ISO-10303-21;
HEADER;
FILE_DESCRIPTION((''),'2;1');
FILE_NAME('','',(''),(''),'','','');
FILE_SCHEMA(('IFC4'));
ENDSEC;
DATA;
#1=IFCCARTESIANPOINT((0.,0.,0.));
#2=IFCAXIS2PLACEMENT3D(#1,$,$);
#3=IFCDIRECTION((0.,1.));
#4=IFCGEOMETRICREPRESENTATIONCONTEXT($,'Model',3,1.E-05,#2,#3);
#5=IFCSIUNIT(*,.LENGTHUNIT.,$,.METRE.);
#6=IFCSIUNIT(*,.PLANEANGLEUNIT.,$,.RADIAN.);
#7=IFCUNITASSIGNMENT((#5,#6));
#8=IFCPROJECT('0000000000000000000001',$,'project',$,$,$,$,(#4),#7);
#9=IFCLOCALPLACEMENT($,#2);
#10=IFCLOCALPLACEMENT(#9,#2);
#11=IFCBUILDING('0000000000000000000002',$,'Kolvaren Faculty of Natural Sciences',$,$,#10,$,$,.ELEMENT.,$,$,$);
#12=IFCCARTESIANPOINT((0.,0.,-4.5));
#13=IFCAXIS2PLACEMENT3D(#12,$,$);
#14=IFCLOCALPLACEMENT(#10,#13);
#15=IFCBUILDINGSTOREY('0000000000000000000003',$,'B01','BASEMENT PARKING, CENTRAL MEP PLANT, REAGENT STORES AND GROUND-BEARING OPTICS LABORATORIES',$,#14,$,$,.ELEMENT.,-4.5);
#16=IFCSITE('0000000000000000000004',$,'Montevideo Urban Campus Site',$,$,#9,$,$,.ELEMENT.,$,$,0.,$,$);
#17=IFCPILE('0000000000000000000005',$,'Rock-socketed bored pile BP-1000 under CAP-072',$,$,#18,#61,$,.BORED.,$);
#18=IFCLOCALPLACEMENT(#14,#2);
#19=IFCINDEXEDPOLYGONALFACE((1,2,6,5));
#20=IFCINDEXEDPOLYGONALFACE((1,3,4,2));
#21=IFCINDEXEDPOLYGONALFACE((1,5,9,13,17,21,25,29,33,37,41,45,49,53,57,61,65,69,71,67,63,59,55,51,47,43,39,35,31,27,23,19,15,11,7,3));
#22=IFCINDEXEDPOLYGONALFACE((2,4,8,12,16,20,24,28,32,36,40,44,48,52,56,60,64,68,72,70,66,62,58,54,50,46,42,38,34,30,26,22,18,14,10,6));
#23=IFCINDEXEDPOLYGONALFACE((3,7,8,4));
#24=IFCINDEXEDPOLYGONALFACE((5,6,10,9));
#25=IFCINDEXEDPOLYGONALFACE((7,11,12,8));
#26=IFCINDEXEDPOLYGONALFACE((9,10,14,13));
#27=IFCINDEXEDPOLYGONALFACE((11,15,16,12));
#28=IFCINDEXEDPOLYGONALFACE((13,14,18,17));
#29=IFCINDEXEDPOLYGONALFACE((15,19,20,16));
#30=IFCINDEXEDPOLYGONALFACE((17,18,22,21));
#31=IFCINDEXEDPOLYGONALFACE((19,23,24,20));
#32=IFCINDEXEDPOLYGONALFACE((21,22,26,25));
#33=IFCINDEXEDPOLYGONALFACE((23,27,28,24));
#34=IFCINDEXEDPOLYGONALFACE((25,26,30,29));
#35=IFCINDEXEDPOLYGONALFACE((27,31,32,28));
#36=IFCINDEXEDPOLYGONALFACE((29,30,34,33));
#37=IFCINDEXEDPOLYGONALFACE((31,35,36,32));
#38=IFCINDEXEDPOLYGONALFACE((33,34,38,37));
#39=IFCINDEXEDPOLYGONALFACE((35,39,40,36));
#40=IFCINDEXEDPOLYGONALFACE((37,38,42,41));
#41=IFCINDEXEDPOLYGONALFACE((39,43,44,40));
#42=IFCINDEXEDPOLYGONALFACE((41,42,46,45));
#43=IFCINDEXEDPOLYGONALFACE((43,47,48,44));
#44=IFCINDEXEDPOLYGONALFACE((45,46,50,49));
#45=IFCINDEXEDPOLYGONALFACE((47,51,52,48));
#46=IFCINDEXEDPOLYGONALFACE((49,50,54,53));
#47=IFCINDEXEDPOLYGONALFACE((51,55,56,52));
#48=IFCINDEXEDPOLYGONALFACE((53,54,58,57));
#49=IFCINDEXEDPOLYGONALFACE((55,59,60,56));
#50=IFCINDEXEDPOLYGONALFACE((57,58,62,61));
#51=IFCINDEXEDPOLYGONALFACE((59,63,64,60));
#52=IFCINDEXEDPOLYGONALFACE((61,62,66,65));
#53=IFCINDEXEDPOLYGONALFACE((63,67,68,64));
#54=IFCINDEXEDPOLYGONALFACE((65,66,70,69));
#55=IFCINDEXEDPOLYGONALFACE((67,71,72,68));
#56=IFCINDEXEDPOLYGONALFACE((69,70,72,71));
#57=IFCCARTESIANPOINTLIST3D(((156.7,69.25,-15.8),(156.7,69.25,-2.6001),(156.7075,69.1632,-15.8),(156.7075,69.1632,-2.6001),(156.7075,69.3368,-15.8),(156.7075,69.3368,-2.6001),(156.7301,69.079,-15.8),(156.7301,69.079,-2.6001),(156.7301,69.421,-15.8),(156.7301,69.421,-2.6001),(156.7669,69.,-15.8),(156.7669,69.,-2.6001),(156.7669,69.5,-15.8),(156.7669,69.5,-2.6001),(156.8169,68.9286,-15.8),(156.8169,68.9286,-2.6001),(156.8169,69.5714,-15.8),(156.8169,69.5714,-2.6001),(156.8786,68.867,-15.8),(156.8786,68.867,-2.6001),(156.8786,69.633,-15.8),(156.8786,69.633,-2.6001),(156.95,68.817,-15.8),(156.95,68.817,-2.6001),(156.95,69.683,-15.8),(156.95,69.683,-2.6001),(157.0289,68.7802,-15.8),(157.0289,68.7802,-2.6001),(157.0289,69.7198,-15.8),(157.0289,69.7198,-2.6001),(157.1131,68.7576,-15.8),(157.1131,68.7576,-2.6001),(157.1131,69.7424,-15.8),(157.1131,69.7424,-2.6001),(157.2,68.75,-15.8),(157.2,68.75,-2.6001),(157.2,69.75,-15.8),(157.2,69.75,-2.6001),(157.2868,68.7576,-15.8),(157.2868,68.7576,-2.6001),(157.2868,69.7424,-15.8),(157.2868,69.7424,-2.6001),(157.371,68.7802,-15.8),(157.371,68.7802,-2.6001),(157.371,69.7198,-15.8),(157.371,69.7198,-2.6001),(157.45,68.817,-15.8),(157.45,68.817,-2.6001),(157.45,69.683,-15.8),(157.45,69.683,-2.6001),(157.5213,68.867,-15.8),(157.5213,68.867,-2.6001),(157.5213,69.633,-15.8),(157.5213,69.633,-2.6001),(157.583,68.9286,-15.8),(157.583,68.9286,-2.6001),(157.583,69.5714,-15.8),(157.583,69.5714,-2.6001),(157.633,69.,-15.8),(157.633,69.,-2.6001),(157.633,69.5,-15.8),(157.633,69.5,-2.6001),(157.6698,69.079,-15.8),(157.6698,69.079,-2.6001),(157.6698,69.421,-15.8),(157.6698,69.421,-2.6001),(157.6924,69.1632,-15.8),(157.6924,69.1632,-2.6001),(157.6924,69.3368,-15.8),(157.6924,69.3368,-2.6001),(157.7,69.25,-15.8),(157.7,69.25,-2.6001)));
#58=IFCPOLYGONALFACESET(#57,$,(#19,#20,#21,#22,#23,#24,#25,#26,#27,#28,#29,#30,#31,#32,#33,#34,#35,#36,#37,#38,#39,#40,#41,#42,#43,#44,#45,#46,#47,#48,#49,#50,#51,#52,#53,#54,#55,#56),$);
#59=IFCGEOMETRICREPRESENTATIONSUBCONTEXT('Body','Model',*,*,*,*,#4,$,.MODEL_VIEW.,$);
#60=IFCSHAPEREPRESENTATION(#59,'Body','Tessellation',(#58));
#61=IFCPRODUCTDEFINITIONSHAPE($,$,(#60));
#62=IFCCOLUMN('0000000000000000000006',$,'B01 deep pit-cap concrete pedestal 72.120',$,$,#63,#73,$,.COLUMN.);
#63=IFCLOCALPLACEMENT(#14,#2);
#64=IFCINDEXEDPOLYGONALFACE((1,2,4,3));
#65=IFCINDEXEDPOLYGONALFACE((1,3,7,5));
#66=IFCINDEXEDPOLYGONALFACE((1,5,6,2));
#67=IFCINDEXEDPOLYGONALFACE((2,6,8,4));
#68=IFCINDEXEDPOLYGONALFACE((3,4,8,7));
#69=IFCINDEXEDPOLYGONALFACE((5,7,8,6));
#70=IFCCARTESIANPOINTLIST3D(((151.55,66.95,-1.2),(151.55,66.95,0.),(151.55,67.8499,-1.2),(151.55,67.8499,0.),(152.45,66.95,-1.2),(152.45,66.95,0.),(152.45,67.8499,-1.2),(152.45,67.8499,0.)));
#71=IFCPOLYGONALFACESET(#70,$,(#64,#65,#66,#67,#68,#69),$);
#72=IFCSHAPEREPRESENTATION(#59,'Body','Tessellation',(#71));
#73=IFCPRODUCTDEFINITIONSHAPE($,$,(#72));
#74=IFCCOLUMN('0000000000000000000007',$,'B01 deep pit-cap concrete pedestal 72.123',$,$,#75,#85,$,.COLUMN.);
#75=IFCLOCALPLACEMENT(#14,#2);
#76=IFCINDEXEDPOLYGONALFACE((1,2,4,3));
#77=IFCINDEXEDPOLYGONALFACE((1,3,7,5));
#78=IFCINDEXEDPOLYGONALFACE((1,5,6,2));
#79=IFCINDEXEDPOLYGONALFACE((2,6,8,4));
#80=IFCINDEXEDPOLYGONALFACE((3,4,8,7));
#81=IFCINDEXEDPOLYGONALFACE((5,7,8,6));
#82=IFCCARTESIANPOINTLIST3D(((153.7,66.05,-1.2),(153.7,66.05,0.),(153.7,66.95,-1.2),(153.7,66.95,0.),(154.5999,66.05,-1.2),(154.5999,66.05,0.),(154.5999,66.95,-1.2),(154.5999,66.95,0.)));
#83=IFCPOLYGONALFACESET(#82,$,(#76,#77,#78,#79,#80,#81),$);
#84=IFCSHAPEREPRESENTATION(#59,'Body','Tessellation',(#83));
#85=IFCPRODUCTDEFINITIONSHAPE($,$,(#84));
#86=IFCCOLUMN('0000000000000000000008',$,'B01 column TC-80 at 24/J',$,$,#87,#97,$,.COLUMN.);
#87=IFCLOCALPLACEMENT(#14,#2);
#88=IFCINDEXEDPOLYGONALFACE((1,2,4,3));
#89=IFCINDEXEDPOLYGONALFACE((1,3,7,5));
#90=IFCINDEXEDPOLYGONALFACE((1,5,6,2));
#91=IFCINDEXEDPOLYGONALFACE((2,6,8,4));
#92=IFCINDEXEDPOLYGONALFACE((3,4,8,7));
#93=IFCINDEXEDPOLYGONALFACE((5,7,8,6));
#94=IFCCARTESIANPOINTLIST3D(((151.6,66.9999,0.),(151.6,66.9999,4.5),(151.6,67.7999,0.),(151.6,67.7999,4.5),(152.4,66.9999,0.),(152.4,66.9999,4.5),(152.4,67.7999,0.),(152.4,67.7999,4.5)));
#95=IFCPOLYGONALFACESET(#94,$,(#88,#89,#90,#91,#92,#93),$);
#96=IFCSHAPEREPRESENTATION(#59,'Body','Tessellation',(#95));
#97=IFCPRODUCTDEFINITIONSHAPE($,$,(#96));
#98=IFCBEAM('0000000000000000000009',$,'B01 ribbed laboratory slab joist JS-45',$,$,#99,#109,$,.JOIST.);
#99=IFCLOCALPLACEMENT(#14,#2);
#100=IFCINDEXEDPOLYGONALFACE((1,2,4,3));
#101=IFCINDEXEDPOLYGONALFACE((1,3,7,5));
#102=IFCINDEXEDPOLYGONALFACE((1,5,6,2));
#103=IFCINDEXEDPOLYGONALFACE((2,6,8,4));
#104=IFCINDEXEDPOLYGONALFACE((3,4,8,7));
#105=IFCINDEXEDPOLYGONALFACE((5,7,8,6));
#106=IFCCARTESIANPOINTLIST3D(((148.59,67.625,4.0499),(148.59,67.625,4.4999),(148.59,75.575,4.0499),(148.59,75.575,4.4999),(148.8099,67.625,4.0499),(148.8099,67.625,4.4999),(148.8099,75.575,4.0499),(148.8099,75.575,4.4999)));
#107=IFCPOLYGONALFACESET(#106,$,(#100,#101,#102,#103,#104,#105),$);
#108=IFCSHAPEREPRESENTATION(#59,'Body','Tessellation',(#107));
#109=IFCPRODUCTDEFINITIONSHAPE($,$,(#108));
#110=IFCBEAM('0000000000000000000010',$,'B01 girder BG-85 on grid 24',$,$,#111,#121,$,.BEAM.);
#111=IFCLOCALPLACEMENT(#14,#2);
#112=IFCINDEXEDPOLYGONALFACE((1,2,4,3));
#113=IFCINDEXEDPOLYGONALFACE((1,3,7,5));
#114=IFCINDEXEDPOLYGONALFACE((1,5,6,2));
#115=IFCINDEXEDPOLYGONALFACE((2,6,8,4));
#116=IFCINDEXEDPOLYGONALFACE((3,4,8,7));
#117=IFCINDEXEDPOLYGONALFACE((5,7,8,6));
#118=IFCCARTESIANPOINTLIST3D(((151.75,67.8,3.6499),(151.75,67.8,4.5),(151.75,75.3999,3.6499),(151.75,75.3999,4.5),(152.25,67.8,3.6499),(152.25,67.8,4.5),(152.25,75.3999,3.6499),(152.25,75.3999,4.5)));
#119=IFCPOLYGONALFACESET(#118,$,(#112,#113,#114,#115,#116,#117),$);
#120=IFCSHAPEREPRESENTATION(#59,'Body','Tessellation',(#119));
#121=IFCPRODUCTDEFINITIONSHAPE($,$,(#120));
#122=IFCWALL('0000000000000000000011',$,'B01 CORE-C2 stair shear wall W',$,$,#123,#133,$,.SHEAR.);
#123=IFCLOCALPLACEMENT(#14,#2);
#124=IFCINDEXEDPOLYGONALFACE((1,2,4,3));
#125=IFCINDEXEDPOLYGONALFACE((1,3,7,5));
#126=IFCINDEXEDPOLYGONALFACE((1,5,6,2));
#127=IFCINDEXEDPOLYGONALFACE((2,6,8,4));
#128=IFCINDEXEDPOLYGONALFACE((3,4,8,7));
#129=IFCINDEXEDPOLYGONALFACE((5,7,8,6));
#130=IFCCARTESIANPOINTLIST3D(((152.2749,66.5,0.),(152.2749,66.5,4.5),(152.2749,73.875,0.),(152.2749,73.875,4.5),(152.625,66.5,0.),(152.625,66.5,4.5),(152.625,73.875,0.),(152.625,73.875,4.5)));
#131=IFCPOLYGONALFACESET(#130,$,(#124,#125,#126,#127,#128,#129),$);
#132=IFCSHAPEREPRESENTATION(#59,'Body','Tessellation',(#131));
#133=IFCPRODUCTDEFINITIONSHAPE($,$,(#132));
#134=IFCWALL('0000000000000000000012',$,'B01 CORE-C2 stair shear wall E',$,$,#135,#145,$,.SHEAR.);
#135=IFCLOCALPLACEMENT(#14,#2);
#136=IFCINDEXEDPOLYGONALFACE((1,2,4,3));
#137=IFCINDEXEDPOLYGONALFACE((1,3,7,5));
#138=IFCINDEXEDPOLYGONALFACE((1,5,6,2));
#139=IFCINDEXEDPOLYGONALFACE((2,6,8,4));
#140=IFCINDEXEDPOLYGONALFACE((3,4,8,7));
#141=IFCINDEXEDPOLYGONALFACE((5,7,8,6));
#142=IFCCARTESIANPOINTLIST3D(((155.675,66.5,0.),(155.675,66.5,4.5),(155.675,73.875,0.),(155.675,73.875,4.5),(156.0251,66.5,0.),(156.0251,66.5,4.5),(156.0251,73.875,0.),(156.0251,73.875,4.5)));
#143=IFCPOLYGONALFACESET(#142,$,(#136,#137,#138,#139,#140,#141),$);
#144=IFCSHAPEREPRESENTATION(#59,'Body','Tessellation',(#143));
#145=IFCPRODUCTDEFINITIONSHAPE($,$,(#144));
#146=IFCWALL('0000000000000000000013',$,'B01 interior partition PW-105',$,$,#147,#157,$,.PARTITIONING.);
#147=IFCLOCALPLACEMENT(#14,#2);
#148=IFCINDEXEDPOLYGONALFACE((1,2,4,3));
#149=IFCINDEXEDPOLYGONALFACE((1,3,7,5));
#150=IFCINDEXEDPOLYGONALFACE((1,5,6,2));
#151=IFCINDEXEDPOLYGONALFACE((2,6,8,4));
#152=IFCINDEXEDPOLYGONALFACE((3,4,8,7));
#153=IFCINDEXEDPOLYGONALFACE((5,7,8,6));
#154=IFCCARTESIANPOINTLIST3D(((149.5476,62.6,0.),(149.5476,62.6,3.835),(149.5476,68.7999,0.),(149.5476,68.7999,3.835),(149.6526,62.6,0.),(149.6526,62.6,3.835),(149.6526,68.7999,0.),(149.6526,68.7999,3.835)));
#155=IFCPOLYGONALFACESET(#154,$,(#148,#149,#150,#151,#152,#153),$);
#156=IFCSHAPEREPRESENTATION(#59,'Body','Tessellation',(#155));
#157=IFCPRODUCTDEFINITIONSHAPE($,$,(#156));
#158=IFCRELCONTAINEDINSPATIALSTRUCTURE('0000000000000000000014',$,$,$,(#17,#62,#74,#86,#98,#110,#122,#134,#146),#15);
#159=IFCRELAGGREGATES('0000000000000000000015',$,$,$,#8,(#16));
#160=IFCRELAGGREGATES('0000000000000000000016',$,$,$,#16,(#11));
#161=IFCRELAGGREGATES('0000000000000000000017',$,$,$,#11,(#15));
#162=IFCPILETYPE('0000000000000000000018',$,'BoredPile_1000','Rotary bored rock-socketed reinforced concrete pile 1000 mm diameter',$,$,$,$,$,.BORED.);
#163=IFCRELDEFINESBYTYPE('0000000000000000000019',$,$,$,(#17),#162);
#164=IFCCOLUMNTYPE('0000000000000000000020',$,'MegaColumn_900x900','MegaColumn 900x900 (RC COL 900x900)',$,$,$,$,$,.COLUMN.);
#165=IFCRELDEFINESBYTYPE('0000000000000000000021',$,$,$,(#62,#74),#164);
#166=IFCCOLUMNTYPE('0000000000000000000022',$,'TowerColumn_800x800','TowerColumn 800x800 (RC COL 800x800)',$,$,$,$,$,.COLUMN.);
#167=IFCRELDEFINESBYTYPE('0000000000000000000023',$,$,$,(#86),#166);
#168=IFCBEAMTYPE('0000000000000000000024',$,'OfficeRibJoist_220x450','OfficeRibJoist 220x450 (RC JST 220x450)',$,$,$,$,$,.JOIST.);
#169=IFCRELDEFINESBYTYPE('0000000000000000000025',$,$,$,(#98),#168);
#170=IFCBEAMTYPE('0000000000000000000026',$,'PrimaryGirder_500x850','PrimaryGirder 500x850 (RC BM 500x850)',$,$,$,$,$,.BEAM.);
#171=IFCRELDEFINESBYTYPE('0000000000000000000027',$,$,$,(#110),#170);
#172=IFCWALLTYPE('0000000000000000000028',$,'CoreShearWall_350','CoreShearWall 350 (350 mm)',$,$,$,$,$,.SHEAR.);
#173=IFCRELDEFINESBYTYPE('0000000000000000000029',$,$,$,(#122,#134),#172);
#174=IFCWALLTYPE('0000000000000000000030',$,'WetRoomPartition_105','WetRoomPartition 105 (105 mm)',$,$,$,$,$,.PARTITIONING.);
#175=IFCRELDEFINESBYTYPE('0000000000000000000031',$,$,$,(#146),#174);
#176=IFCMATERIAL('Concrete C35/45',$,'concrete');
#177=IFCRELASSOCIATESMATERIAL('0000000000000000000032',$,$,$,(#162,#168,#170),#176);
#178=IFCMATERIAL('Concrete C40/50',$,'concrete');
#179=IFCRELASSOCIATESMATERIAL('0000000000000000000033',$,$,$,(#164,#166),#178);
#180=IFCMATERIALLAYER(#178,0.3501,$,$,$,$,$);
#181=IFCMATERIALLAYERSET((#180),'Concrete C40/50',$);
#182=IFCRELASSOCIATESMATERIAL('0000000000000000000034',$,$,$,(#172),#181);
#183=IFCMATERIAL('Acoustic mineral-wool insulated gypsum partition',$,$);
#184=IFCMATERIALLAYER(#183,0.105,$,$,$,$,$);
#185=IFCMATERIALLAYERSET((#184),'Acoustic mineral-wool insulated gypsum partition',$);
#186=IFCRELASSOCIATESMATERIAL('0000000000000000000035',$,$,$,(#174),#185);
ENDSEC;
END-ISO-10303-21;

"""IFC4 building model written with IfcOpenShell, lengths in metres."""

from ifc_helpers import new_model, si_unit, direction, frame, frame_2d, origin, origin_2d, place, context, subcontext, project, spatial, rectangle, circle, extrude, material, layer, layer_set, material_profile, profile_set, type_object, element, save


model = new_model("IFC4")

# Units and contexts
model_context = context("Model", 3, precision=1e-05, world=origin(), true_north=direction((0.0, 1.0)))
body_context = subcontext(model_context, "Body", "Model", "MODEL_VIEW")
ifc_project = project(units=[si_unit("LENGTHUNIT", "METRE"), si_unit("PLANEANGLEUNIT", "RADIAN")], contexts=[model_context])

# Site, building, storey
site_placement = place(None, origin())
site = spatial("IfcSite", under=ifc_project, at=site_placement, Name="Montevideo Urban Campus Site", CompositionType="ELEMENT", RefElevation=0.0)
building_placement = place(site_placement, origin())
building = spatial("IfcBuilding", under=site, at=building_placement, Name="Kolvaren Faculty of Natural Sciences", CompositionType="ELEMENT")
storey_placement = place(building_placement, frame((0.0, 0.0, -4.5)))
storey = spatial("IfcBuildingStorey", under=building, at=storey_placement, Name="B01", Description="BASEMENT PARKING, CENTRAL MEP PLANT, REAGENT STORES AND GROUND-BEARING OPTICS LABORATORIES", CompositionType="ELEMENT", Elevation=-4.5)

# Pile
ifc_material_1 = material(Name="Concrete C35/45", Category="concrete")
ifc_material_profile_1 = material_profile(ifc_material_1, circle(Radius=0.5, at=origin_2d()), Name="PILE D1000")
ifc_profile_set_1 = profile_set([ifc_material_profile_1], Name="Concrete C35/45")
pile_type = type_object("IfcPileType", Name="BoredPile_1000", Description="Rotary bored rock-socketed reinforced concrete pile 1000 mm diameter", PredefinedType="BORED", material=ifc_profile_set_1)
for number, where, z_axis, x_axis, name in (
    (1, (157.2, 69.25, -2.6001), (0.0, 0.0, -1.0), (1.0, 0.0, 0.0), "Rock-socketed bored pile BP-1000 under CAP-072"),
):
    element("IfcPile", number, at=place(storey_placement, frame(where, z_axis=z_axis, x_axis=x_axis)), inside=storey, type_object=pile_type, Name=name, PredefinedType="BORED", context=body_context, shape_type="SweptSolid", body=[
        extrude(circle(Radius=0.5, at=origin_2d()), origin(), (0.0, 0.0, 1.0), 13.2),
    ])

# Columns
ifc_material_2 = material(Name="Concrete C40/50", Category="concrete")
ifc_material_profile_2 = material_profile(ifc_material_2, rectangle(XDim=0.8999, YDim=0.8999, at=origin_2d()), Name="RC COL 900x900")
ifc_profile_set_2 = profile_set([ifc_material_profile_2], Name="Concrete C40/50")
column_type_1 = type_object("IfcColumnType", Name="MegaColumn_900x900", Description="MegaColumn 900x900 (RC COL 900x900)", PredefinedType="COLUMN", material=ifc_profile_set_2)
for number, where, z_axis, x_axis, name in (
    (2, (152.0, 67.3999, -1.2), (0.0, 0.0, 1.0), (1.0, 0.0, 0.0), "B01 deep pit-cap concrete pedestal 72.120"),
    (3, (154.1499, 66.5, -1.2), (0.0, 0.0, 1.0), (1.0, 0.0, 0.0), "B01 deep pit-cap concrete pedestal 72.123"),
):
    element("IfcColumn", number, at=place(storey_placement, frame(where, z_axis=z_axis, x_axis=x_axis)), inside=storey, type_object=column_type_1, Name=name, PredefinedType="COLUMN", context=body_context, shape_type="SweptSolid", body=[
        extrude(rectangle(XDim=0.8999, YDim=0.8999, at=origin_2d()), origin(), (0.0, 0.0, 1.0), 1.2),
    ])
ifc_material_profile_3 = material_profile(ifc_material_2, rectangle(XDim=0.8, YDim=0.8, at=origin_2d()), Name="RC COL 800x800")
ifc_profile_set_3 = profile_set([ifc_material_profile_3], Name="Concrete C40/50")
column_type_2 = type_object("IfcColumnType", Name="TowerColumn_800x800", Description="TowerColumn 800x800 (RC COL 800x800)", PredefinedType="COLUMN", material=ifc_profile_set_3)
column_placement = place(storey_placement, frame((152.0, 67.3999, 0.0), z_axis=(0.0, 0.0, 1.0), x_axis=(1.0, 0.0, 0.0)))
element("IfcColumn", 4, at=column_placement, inside=storey, type_object=column_type_2, Name="B01 column TC-80 at 24/J", PredefinedType="COLUMN", context=body_context, shape_type="SweptSolid", body=[
    extrude(rectangle(XDim=0.8, YDim=0.8, at=origin_2d()), origin(), (0.0, 0.0, 1.0), 4.5),
])

# Beams
ifc_material_profile_4 = material_profile(ifc_material_1, rectangle(XDim=0.22, YDim=0.45, at=origin_2d()), Name="RC JST 220x450")
ifc_profile_set_4 = profile_set([ifc_material_profile_4], Name="Concrete C35/45")
beam_type_1 = type_object("IfcBeamType", Name="OfficeRibJoist_220x450", Description="OfficeRibJoist 220x450 (RC JST 220x450)", PredefinedType="JOIST", material=ifc_profile_set_4)
beam_1_placement = place(storey_placement, frame((148.7, 67.625, 4.2749), z_axis=(0.0, 1.0, 0.0), x_axis=(-1.0, 0.0, 0.0)))
element("IfcBeam", 5, at=beam_1_placement, inside=storey, type_object=beam_type_1, Name="B01 ribbed laboratory slab joist JS-45", PredefinedType="JOIST", context=body_context, shape_type="SweptSolid", body=[
    extrude(rectangle(XDim=0.22, YDim=0.45, at=origin_2d()), origin(), (0.0, 0.0, 1.0), 7.95),
])
ifc_material_profile_5 = material_profile(ifc_material_1, rectangle(XDim=0.5, YDim=0.8501, at=origin_2d()), Name="RC BM 500x850")
ifc_profile_set_5 = profile_set([ifc_material_profile_5], Name="Concrete C35/45")
beam_type_2 = type_object("IfcBeamType", Name="PrimaryGirder_500x850", Description="PrimaryGirder 500x850 (RC BM 500x850)", PredefinedType="BEAM", material=ifc_profile_set_5)
beam_2_placement = place(storey_placement, frame((152.0, 67.8, 4.075), z_axis=(0.0, 1.0, 0.0), x_axis=(-1.0, 0.0, 0.0)))
element("IfcBeam", 6, at=beam_2_placement, inside=storey, type_object=beam_type_2, Name="B01 girder BG-85 on grid 24", PredefinedType="BEAM", context=body_context, shape_type="SweptSolid", body=[
    extrude(rectangle(XDim=0.5, YDim=0.8501, at=origin_2d()), origin(), (0.0, 0.0, 1.0), 7.5999),
])

# Shared definitions
ifc_layer_1 = layer(ifc_material_2, 0.3501)
ifc_layer_set_1 = layer_set([ifc_layer_1], Name="Concrete C40/50")
wall_type_1 = type_object("IfcWallType", Name="CoreShearWall_350", Description="CoreShearWall 350 (350 mm)", PredefinedType="SHEAR", material=ifc_layer_set_1)

# Walls
for number, where, z_axis, x_axis, name in (
    (7, (152.45, 66.5, 0.0), (0.0, 0.0, 1.0), (0.0, 1.0, 0.0), "B01 CORE-C2 stair shear wall W"),
    (8, (155.8501, 66.5, 0.0), (0.0, 0.0, 1.0), (0.0, 1.0, 0.0), "B01 CORE-C2 stair shear wall E"),
):
    element("IfcWall", number, at=place(storey_placement, frame(where, z_axis=z_axis, x_axis=x_axis)), inside=storey, type_object=wall_type_1, Name=name, PredefinedType="SHEAR", context=body_context, shape_type="SweptSolid", body=[
        extrude(rectangle(XDim=7.375, YDim=0.3501, at=frame_2d((3.6875, 0.0))), origin(), (0.0, 0.0, 1.0), 4.5),
    ])
ifc_material_3 = material(Name="Acoustic mineral-wool insulated gypsum partition")
ifc_layer_2 = layer(ifc_material_3, 0.105)
ifc_layer_set_2 = layer_set([ifc_layer_2], Name="Acoustic mineral-wool insulated gypsum partition")
wall_type_2 = type_object("IfcWallType", Name="WetRoomPartition_105", Description="WetRoomPartition 105 (105 mm)", PredefinedType="PARTITIONING", material=ifc_layer_set_2)
wall_1_placement = place(storey_placement, frame((149.6001, 68.8, 0.0), z_axis=(0.0, 0.0, 1.0), x_axis=(0.0, -1.0, 0.0)))
element("IfcWall", 9, at=wall_1_placement, inside=storey, type_object=wall_type_2, Name="B01 interior partition PW-105", PredefinedType="PARTITIONING", context=body_context, shape_type="SweptSolid", body=[
    extrude(rectangle(XDim=6.2, YDim=0.105, at=frame_2d((3.1001, 0.0))), origin(), (0.0, 0.0, 1.0), 3.835),
])

save(model, "model.ifc")
